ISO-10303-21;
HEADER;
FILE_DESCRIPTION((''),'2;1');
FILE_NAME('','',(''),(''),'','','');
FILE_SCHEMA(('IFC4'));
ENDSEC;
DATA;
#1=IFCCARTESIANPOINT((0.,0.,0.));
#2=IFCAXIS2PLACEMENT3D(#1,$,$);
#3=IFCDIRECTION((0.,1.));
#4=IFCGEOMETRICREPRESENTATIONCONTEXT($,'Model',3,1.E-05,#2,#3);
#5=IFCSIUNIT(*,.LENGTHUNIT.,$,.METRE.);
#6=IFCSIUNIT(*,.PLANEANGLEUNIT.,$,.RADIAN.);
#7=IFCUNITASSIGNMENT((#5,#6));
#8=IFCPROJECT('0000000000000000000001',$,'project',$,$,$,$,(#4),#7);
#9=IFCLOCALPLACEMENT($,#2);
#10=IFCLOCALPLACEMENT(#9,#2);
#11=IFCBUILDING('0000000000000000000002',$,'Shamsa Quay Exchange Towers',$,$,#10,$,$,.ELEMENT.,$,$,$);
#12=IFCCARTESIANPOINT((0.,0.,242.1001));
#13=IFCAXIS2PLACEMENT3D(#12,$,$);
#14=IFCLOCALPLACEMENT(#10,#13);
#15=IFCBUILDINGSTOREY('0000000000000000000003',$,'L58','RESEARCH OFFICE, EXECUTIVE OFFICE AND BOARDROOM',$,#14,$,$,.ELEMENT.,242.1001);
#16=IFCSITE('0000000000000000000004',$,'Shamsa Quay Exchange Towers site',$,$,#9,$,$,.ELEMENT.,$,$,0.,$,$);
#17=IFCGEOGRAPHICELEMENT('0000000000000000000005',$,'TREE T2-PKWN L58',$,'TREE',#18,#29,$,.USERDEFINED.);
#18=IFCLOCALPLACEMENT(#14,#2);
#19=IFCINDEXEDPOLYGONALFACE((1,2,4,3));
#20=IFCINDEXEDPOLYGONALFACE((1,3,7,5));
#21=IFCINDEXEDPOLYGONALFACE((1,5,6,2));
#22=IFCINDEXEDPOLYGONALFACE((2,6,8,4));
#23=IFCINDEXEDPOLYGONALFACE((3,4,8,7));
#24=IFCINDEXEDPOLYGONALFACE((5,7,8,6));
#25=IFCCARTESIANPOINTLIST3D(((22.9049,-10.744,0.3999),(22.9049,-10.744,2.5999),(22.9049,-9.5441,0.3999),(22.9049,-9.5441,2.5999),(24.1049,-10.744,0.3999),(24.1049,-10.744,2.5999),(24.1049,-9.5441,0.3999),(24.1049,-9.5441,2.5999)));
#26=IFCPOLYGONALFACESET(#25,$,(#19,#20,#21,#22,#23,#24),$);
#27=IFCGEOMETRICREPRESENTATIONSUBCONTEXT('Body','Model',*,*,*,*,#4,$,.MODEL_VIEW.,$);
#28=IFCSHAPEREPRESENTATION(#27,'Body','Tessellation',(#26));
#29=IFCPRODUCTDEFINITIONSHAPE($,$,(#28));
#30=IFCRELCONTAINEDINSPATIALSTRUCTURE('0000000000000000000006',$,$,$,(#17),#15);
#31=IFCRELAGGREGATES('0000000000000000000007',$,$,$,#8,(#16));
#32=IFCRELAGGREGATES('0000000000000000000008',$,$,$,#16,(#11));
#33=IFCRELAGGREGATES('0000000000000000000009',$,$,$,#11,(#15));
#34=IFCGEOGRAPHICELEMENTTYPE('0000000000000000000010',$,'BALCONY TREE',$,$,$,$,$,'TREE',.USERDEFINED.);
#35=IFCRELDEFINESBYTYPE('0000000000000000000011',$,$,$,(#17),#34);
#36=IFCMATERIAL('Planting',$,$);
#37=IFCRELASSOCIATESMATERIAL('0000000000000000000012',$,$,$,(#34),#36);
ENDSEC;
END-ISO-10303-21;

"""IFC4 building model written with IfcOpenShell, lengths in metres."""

from ifc_helpers import new_model, si_unit, direction, frame, origin, origin_2d, place, context, subcontext, project, spatial, rectangle, extrude, material, type_object, element, save


model = new_model("IFC4")

# Units and contexts
model_context = context("Model", 3, precision=1e-05, world=origin(), true_north=direction((0.0, 1.0)))
body_context = subcontext(model_context, "Body", "Model", "MODEL_VIEW")
ifc_project = project(units=[si_unit("LENGTHUNIT", "METRE"), si_unit("PLANEANGLEUNIT", "RADIAN")], contexts=[model_context])

# Site, building, storey
site_placement = place(None, origin())
site = spatial("IfcSite", under=ifc_project, at=site_placement, Name="Shamsa Quay Exchange Towers site", CompositionType="ELEMENT", RefElevation=0.0)
building_placement = place(site_placement, origin())
building = spatial("IfcBuilding", under=site, at=building_placement, Name="Shamsa Quay Exchange Towers", CompositionType="ELEMENT")
storey_placement = place(building_placement, frame((0.0, 0.0, 242.1001)))
storey = spatial("IfcBuildingStorey", under=building, at=storey_placement, Name="L58", Description="RESEARCH OFFICE, EXECUTIVE OFFICE AND BOARDROOM", CompositionType="ELEMENT", Elevation=242.1001)

# Geographic element
ifc_material_1 = material(Name="Planting")
geographic_element_type = type_object("IfcGeographicElementType", Name="BALCONY TREE", ElementType="TREE", PredefinedType="USERDEFINED", material=ifc_material_1)
geographic_element_placement = place(storey_placement, frame((23.5049, -10.144, 0.3999), z_axis=(0.0, 0.0, 1.0), x_axis=(0.0, -1.0, 0.0)))
element("IfcGeographicElement", 1, at=geographic_element_placement, inside=storey, type_object=geographic_element_type, Name="TREE T2-PKWN L58", ObjectType="TREE", PredefinedType="USERDEFINED", context=body_context, shape_type="SweptSolid", body=[
    extrude(rectangle(XDim=1.2, YDim=1.2, at=origin_2d()), origin(), (0.0, 0.0, 1.0), 2.2),
])

save(model, "model.ifc")
